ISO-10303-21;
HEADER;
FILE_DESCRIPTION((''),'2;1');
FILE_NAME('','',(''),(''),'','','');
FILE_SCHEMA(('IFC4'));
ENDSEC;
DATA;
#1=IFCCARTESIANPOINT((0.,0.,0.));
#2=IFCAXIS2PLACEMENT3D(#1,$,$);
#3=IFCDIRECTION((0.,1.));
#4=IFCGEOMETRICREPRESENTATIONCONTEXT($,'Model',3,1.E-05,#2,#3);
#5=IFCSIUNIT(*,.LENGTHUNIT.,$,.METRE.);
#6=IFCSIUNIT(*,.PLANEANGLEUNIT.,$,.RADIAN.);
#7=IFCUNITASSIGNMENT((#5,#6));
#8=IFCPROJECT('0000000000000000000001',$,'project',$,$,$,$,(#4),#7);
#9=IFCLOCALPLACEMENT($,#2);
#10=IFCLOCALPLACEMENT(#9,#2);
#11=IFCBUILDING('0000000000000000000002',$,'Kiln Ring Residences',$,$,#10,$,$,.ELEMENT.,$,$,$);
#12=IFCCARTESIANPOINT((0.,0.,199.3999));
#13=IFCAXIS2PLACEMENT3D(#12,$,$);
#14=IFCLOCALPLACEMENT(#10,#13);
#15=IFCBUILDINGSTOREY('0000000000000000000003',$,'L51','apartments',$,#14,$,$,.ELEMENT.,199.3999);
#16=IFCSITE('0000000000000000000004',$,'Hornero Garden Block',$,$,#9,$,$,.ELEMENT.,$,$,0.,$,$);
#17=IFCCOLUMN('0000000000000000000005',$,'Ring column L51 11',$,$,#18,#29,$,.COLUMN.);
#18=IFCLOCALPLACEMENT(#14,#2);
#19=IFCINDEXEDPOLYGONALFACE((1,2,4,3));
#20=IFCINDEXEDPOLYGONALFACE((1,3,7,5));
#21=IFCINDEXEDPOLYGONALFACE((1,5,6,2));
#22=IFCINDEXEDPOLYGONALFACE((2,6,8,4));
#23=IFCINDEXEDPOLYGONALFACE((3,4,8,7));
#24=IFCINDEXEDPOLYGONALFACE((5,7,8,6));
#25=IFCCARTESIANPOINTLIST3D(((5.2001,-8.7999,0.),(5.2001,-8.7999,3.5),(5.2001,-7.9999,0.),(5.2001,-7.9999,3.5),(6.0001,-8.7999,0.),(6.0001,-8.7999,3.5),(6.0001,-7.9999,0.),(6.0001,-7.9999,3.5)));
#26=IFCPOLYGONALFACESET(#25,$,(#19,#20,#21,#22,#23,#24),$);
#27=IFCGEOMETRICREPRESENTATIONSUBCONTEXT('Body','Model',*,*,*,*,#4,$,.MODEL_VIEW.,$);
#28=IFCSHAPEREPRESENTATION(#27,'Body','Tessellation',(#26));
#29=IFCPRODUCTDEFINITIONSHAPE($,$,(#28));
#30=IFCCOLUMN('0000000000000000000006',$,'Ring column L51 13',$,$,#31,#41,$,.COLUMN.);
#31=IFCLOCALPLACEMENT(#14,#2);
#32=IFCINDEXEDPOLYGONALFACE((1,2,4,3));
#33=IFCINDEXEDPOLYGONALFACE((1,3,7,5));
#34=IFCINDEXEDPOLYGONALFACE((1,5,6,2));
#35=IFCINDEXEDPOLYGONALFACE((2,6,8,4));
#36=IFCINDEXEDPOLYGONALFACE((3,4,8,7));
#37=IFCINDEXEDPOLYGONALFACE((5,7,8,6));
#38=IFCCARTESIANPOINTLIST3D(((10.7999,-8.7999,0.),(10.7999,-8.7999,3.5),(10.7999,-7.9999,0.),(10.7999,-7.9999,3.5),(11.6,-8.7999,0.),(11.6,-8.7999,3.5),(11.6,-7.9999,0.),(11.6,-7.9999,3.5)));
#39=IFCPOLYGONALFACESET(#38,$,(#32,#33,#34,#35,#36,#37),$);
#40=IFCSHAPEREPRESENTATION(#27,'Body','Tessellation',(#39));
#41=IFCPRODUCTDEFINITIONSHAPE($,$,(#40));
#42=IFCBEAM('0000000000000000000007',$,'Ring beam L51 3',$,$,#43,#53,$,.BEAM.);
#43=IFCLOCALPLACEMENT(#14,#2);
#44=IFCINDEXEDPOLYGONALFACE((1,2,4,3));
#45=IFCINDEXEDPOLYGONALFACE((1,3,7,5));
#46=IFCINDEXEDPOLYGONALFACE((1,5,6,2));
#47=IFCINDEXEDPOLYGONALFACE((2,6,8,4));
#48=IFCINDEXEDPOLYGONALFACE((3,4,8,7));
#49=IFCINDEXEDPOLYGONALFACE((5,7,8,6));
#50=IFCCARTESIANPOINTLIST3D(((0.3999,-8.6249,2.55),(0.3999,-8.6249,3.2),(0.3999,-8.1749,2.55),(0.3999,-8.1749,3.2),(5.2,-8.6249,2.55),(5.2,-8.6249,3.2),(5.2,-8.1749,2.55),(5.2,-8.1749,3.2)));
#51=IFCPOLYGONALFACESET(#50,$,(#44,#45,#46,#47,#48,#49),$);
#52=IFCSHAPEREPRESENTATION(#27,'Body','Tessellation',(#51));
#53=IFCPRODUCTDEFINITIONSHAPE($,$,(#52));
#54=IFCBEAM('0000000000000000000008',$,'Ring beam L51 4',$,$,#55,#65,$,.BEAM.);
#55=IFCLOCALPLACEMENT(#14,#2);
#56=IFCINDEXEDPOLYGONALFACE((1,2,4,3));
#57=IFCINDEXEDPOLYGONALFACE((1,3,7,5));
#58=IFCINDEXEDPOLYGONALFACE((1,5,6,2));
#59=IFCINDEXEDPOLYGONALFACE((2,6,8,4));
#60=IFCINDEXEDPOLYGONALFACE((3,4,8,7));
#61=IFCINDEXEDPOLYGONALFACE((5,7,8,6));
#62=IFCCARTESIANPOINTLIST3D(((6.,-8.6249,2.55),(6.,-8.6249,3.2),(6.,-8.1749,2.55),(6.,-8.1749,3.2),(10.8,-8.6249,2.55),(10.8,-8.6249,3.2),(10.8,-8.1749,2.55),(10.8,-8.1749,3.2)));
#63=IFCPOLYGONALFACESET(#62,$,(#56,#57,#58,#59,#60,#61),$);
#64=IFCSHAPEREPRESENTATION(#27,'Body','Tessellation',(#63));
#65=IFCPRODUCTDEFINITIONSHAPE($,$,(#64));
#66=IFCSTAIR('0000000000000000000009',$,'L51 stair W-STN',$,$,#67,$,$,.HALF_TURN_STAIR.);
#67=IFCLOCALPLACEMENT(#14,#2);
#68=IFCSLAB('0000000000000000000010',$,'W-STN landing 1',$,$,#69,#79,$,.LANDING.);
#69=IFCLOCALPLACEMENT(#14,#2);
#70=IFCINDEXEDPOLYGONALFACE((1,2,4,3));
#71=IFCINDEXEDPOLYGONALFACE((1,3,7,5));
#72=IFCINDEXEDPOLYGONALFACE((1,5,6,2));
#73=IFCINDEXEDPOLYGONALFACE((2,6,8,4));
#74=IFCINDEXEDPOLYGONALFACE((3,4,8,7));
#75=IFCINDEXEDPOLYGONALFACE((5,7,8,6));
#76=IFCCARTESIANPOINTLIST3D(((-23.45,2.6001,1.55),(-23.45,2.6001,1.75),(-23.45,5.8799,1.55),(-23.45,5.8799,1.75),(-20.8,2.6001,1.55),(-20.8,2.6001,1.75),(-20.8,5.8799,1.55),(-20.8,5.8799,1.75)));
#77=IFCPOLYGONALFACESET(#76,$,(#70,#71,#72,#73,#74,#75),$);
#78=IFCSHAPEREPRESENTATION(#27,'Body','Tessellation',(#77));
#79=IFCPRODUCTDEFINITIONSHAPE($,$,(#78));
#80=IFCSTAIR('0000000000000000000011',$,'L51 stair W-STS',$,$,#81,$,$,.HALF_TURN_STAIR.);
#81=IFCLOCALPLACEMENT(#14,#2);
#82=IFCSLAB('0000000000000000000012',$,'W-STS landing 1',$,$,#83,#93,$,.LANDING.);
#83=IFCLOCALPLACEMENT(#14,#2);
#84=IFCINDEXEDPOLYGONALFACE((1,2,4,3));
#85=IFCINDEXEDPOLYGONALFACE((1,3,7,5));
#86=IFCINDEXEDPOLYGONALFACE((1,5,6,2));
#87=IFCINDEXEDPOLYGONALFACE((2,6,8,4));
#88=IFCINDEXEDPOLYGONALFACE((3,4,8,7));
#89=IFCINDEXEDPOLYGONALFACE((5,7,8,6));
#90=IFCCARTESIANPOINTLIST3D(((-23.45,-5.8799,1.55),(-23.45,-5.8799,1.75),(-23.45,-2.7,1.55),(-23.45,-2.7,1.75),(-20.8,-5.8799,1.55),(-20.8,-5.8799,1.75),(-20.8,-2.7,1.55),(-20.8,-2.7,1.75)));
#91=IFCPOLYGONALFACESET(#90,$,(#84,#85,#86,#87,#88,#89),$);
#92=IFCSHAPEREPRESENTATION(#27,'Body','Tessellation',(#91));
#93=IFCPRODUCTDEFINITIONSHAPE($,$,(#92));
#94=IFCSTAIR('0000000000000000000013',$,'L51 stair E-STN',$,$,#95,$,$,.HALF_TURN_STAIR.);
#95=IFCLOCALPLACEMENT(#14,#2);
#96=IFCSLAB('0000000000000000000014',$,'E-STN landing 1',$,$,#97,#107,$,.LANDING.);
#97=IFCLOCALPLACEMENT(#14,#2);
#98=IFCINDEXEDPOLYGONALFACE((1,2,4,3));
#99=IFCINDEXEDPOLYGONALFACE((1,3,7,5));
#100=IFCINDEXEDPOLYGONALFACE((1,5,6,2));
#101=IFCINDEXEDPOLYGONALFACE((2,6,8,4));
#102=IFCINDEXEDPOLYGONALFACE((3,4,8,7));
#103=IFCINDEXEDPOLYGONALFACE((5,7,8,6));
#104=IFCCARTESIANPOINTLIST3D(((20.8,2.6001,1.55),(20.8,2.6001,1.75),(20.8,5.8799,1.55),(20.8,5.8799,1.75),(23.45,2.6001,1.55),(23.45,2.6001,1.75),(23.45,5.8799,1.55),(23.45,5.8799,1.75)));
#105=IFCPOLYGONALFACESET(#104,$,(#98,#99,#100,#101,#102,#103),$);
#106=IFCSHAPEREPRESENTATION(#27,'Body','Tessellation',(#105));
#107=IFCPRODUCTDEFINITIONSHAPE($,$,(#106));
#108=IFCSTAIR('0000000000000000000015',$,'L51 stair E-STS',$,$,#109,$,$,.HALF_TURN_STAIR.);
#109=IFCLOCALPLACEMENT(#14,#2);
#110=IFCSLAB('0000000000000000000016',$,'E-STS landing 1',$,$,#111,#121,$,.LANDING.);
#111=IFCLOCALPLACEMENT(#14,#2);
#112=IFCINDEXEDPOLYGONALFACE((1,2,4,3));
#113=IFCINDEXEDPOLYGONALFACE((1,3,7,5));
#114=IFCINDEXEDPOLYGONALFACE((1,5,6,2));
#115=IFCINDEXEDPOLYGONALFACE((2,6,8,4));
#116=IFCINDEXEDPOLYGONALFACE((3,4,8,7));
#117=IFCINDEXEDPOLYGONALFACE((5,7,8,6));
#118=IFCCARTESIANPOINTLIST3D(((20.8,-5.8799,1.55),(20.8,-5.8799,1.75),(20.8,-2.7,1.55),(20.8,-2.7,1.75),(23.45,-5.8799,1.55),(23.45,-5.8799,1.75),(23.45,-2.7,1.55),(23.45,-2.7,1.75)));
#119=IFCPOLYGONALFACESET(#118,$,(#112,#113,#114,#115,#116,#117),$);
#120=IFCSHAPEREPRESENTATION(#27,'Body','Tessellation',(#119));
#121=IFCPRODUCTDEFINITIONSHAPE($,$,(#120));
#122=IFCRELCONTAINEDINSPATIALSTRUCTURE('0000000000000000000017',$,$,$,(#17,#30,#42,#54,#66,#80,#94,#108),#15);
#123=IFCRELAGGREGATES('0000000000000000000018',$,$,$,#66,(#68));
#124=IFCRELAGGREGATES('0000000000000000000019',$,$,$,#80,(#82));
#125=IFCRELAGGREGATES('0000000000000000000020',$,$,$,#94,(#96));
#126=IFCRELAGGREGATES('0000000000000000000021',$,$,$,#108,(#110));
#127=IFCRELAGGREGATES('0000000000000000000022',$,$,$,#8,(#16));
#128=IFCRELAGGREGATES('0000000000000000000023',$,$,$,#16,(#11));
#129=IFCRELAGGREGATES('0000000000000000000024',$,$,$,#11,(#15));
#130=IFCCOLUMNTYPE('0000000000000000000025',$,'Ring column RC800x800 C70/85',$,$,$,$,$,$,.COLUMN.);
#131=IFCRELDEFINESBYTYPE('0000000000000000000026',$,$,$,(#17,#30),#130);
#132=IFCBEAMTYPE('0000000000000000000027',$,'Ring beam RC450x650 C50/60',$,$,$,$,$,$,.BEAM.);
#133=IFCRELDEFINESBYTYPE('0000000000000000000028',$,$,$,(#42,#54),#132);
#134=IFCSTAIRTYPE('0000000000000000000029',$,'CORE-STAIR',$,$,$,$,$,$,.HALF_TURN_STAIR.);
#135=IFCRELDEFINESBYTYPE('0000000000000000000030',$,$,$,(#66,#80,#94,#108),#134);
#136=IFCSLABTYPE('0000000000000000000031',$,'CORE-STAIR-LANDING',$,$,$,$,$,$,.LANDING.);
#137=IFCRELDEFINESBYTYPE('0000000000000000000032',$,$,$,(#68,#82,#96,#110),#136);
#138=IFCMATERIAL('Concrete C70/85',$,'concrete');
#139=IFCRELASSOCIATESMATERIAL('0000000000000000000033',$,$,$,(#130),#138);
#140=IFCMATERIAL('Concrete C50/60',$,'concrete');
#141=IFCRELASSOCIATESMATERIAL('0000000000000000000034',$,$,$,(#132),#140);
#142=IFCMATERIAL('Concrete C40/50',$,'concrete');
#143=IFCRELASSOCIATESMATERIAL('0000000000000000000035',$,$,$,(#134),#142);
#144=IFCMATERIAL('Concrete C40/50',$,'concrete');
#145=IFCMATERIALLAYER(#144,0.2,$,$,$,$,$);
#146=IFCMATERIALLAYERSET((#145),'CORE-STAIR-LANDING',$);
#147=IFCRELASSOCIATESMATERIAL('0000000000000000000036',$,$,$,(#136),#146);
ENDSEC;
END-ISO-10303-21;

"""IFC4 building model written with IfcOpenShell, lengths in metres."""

from ifc_helpers import new_model, si_unit, direction, frame, origin, origin_2d, place, context, subcontext, project, spatial, polyline, rectangle, outline, extrude, material, layer, layer_set, material_profile, profile_set, type_object, element, aggregate, save


model = new_model("IFC4")

# Units and contexts
model_context = context("Model", 3, precision=1e-05, world=origin(), true_north=direction((0.0, 1.0)))
body_context = subcontext(model_context, "Body", "Model", "MODEL_VIEW")
ifc_project = project(units=[si_unit("LENGTHUNIT", "METRE"), si_unit("PLANEANGLEUNIT", "RADIAN")], contexts=[model_context])

# Site, building, storey
site_placement = place(None, origin())
site = spatial("IfcSite", under=ifc_project, at=site_placement, Name="Hornero Garden Block", CompositionType="ELEMENT", RefElevation=0.0)
building_placement = place(site_placement, origin())
building = spatial("IfcBuilding", under=site, at=building_placement, Name="Kiln Ring Residences", CompositionType="ELEMENT")
storey_placement = place(building_placement, frame((0.0, 0.0, 199.3999)))
storey = spatial("IfcBuildingStorey", under=building, at=storey_placement, Name="L51", Description="apartments", CompositionType="ELEMENT", Elevation=199.3999)

# Columns
ifc_material_1 = material(Name="Concrete C70/85", Category="concrete")
ifc_material_profile_1 = material_profile(ifc_material_1, rectangle(XDim=0.8, YDim=0.8, at=origin_2d()), Name="RC800x800")
ifc_profile_set_1 = profile_set([ifc_material_profile_1], Name="Concrete C70/85")
column_type = type_object("IfcColumnType", Name="Ring column RC800x800 C70/85", PredefinedType="COLUMN", material=ifc_profile_set_1)
for number, where, z_axis, x_axis, name in (
    (1, (5.6001, -8.3999, 0.0), (0.0, 0.0, 1.0), (1.0, 0.0, 0.0), "Ring column L51 11"),
    (2, (11.2, -8.3999, 0.0), (0.0, 0.0, 1.0), (1.0, 0.0, 0.0), "Ring column L51 13"),
):
    element("IfcColumn", number, at=place(storey_placement, frame(where, z_axis=z_axis, x_axis=x_axis)), inside=storey, type_object=column_type, Name=name, PredefinedType="COLUMN", context=body_context, shape_type="SweptSolid", body=[
        extrude(rectangle(XDim=0.8, YDim=0.8, at=origin_2d()), origin(), (0.0, 0.0, 1.0), 3.5),
    ])

# Beams
ifc_material_2 = material(Name="Concrete C50/60", Category="concrete")
ifc_material_profile_2 = material_profile(ifc_material_2, rectangle(XDim=0.45, YDim=0.6499, at=origin_2d()), Name="RC450x650")
ifc_profile_set_2 = profile_set([ifc_material_profile_2], Name="Concrete C50/60")
beam_type = type_object("IfcBeamType", Name="Ring beam RC450x650 C50/60", PredefinedType="BEAM", material=ifc_profile_set_2)
for number, where, z_axis, x_axis, name in (
    (3, (0.3999, -8.3999, 2.875), (1.0, 0.0, 0.0), (0.0, 1.0, 0.0), "Ring beam L51 3"),
    (4, (6.0, -8.3999, 2.875), (1.0, 0.0, 0.0), (0.0, 1.0, 0.0), "Ring beam L51 4"),
):
    element("IfcBeam", number, at=place(storey_placement, frame(where, z_axis=z_axis, x_axis=x_axis)), inside=storey, type_object=beam_type, Name=name, PredefinedType="BEAM", context=body_context, shape_type="SweptSolid", body=[
        extrude(rectangle(XDim=0.45, YDim=0.6499, at=origin_2d()), origin(), (0.0, 0.0, 1.0), 4.8),
    ])

# Stairs, slabs
ifc_material_3 = material(Name="Concrete C40/50", Category="concrete")
stair_type = type_object("IfcStairType", Name="CORE-STAIR", PredefinedType="HALF_TURN_STAIR", material=ifc_material_3)
placement_1 = place(storey_placement, origin())
stair_1 = element("IfcStair", 5, at=placement_1, inside=storey, type_object=stair_type, Name="L51 stair W-STN", PredefinedType="HALF_TURN_STAIR")
ifc_material_4 = material(Name="Concrete C40/50", Category="concrete")
ifc_layer_1 = layer(ifc_material_4, 0.2)
ifc_layer_set_1 = layer_set([ifc_layer_1], Name="CORE-STAIR-LANDING")
slab_type = type_object("IfcSlabType", Name="CORE-STAIR-LANDING", PredefinedType="LANDING", material=ifc_layer_set_1)
placement_2 = place(storey_placement, frame((0.0, 0.0, 1.55)))
slab_1 = element("IfcSlab", 6, at=placement_2, type_object=slab_type, Name="W-STN landing 1", PredefinedType="LANDING", context=body_context, shape_type="SweptSolid", body=[
    extrude(outline(polyline([(-23.45, 5.8799), (-23.45, 2.6001), (-20.8, 2.6001), (-20.8, 5.8799), (-23.45, 5.8799)])), origin(), (0.0, 0.0, 1.0), 0.2),
])
aggregate(stair_1, [slab_1])
stair_2 = element("IfcStair", 7, at=placement_1, inside=storey, type_object=stair_type, Name="L51 stair W-STS", PredefinedType="HALF_TURN_STAIR")
slab_2 = element("IfcSlab", 8, at=placement_2, type_object=slab_type, Name="W-STS landing 1", PredefinedType="LANDING", context=body_context, shape_type="SweptSolid", body=[
    extrude(outline(polyline([(-20.8, -5.8799), (-20.8, -2.7), (-23.45, -2.7), (-23.45, -5.8799), (-20.8, -5.8799)])), origin(), (0.0, 0.0, 1.0), 0.2),
])
aggregate(stair_2, [slab_2])
stair_3 = element("IfcStair", 9, at=placement_1, inside=storey, type_object=stair_type, Name="L51 stair E-STN", PredefinedType="HALF_TURN_STAIR")
slab_3 = element("IfcSlab", 10, at=placement_2, type_object=slab_type, Name="E-STN landing 1", PredefinedType="LANDING", context=body_context, shape_type="SweptSolid", body=[
    extrude(outline(polyline([(20.8, 5.8799), (20.8, 2.6001), (23.45, 2.6001), (23.45, 5.8799), (20.8, 5.8799)])), origin(), (0.0, 0.0, 1.0), 0.2),
])
aggregate(stair_3, [slab_3])
stair_4 = element("IfcStair", 11, at=placement_1, inside=storey, type_object=stair_type, Name="L51 stair E-STS", PredefinedType="HALF_TURN_STAIR")
slab_4 = element("IfcSlab", 12, at=placement_2, type_object=slab_type, Name="E-STS landing 1", PredefinedType="LANDING", context=body_context, shape_type="SweptSolid", body=[
    extrude(outline(polyline([(23.45, -5.8799), (23.45, -2.7), (20.8, -2.7), (20.8, -5.8799), (23.45, -5.8799)])), origin(), (0.0, 0.0, 1.0), 0.2),
])
aggregate(stair_4, [slab_4])

save(model, "model.ifc")
